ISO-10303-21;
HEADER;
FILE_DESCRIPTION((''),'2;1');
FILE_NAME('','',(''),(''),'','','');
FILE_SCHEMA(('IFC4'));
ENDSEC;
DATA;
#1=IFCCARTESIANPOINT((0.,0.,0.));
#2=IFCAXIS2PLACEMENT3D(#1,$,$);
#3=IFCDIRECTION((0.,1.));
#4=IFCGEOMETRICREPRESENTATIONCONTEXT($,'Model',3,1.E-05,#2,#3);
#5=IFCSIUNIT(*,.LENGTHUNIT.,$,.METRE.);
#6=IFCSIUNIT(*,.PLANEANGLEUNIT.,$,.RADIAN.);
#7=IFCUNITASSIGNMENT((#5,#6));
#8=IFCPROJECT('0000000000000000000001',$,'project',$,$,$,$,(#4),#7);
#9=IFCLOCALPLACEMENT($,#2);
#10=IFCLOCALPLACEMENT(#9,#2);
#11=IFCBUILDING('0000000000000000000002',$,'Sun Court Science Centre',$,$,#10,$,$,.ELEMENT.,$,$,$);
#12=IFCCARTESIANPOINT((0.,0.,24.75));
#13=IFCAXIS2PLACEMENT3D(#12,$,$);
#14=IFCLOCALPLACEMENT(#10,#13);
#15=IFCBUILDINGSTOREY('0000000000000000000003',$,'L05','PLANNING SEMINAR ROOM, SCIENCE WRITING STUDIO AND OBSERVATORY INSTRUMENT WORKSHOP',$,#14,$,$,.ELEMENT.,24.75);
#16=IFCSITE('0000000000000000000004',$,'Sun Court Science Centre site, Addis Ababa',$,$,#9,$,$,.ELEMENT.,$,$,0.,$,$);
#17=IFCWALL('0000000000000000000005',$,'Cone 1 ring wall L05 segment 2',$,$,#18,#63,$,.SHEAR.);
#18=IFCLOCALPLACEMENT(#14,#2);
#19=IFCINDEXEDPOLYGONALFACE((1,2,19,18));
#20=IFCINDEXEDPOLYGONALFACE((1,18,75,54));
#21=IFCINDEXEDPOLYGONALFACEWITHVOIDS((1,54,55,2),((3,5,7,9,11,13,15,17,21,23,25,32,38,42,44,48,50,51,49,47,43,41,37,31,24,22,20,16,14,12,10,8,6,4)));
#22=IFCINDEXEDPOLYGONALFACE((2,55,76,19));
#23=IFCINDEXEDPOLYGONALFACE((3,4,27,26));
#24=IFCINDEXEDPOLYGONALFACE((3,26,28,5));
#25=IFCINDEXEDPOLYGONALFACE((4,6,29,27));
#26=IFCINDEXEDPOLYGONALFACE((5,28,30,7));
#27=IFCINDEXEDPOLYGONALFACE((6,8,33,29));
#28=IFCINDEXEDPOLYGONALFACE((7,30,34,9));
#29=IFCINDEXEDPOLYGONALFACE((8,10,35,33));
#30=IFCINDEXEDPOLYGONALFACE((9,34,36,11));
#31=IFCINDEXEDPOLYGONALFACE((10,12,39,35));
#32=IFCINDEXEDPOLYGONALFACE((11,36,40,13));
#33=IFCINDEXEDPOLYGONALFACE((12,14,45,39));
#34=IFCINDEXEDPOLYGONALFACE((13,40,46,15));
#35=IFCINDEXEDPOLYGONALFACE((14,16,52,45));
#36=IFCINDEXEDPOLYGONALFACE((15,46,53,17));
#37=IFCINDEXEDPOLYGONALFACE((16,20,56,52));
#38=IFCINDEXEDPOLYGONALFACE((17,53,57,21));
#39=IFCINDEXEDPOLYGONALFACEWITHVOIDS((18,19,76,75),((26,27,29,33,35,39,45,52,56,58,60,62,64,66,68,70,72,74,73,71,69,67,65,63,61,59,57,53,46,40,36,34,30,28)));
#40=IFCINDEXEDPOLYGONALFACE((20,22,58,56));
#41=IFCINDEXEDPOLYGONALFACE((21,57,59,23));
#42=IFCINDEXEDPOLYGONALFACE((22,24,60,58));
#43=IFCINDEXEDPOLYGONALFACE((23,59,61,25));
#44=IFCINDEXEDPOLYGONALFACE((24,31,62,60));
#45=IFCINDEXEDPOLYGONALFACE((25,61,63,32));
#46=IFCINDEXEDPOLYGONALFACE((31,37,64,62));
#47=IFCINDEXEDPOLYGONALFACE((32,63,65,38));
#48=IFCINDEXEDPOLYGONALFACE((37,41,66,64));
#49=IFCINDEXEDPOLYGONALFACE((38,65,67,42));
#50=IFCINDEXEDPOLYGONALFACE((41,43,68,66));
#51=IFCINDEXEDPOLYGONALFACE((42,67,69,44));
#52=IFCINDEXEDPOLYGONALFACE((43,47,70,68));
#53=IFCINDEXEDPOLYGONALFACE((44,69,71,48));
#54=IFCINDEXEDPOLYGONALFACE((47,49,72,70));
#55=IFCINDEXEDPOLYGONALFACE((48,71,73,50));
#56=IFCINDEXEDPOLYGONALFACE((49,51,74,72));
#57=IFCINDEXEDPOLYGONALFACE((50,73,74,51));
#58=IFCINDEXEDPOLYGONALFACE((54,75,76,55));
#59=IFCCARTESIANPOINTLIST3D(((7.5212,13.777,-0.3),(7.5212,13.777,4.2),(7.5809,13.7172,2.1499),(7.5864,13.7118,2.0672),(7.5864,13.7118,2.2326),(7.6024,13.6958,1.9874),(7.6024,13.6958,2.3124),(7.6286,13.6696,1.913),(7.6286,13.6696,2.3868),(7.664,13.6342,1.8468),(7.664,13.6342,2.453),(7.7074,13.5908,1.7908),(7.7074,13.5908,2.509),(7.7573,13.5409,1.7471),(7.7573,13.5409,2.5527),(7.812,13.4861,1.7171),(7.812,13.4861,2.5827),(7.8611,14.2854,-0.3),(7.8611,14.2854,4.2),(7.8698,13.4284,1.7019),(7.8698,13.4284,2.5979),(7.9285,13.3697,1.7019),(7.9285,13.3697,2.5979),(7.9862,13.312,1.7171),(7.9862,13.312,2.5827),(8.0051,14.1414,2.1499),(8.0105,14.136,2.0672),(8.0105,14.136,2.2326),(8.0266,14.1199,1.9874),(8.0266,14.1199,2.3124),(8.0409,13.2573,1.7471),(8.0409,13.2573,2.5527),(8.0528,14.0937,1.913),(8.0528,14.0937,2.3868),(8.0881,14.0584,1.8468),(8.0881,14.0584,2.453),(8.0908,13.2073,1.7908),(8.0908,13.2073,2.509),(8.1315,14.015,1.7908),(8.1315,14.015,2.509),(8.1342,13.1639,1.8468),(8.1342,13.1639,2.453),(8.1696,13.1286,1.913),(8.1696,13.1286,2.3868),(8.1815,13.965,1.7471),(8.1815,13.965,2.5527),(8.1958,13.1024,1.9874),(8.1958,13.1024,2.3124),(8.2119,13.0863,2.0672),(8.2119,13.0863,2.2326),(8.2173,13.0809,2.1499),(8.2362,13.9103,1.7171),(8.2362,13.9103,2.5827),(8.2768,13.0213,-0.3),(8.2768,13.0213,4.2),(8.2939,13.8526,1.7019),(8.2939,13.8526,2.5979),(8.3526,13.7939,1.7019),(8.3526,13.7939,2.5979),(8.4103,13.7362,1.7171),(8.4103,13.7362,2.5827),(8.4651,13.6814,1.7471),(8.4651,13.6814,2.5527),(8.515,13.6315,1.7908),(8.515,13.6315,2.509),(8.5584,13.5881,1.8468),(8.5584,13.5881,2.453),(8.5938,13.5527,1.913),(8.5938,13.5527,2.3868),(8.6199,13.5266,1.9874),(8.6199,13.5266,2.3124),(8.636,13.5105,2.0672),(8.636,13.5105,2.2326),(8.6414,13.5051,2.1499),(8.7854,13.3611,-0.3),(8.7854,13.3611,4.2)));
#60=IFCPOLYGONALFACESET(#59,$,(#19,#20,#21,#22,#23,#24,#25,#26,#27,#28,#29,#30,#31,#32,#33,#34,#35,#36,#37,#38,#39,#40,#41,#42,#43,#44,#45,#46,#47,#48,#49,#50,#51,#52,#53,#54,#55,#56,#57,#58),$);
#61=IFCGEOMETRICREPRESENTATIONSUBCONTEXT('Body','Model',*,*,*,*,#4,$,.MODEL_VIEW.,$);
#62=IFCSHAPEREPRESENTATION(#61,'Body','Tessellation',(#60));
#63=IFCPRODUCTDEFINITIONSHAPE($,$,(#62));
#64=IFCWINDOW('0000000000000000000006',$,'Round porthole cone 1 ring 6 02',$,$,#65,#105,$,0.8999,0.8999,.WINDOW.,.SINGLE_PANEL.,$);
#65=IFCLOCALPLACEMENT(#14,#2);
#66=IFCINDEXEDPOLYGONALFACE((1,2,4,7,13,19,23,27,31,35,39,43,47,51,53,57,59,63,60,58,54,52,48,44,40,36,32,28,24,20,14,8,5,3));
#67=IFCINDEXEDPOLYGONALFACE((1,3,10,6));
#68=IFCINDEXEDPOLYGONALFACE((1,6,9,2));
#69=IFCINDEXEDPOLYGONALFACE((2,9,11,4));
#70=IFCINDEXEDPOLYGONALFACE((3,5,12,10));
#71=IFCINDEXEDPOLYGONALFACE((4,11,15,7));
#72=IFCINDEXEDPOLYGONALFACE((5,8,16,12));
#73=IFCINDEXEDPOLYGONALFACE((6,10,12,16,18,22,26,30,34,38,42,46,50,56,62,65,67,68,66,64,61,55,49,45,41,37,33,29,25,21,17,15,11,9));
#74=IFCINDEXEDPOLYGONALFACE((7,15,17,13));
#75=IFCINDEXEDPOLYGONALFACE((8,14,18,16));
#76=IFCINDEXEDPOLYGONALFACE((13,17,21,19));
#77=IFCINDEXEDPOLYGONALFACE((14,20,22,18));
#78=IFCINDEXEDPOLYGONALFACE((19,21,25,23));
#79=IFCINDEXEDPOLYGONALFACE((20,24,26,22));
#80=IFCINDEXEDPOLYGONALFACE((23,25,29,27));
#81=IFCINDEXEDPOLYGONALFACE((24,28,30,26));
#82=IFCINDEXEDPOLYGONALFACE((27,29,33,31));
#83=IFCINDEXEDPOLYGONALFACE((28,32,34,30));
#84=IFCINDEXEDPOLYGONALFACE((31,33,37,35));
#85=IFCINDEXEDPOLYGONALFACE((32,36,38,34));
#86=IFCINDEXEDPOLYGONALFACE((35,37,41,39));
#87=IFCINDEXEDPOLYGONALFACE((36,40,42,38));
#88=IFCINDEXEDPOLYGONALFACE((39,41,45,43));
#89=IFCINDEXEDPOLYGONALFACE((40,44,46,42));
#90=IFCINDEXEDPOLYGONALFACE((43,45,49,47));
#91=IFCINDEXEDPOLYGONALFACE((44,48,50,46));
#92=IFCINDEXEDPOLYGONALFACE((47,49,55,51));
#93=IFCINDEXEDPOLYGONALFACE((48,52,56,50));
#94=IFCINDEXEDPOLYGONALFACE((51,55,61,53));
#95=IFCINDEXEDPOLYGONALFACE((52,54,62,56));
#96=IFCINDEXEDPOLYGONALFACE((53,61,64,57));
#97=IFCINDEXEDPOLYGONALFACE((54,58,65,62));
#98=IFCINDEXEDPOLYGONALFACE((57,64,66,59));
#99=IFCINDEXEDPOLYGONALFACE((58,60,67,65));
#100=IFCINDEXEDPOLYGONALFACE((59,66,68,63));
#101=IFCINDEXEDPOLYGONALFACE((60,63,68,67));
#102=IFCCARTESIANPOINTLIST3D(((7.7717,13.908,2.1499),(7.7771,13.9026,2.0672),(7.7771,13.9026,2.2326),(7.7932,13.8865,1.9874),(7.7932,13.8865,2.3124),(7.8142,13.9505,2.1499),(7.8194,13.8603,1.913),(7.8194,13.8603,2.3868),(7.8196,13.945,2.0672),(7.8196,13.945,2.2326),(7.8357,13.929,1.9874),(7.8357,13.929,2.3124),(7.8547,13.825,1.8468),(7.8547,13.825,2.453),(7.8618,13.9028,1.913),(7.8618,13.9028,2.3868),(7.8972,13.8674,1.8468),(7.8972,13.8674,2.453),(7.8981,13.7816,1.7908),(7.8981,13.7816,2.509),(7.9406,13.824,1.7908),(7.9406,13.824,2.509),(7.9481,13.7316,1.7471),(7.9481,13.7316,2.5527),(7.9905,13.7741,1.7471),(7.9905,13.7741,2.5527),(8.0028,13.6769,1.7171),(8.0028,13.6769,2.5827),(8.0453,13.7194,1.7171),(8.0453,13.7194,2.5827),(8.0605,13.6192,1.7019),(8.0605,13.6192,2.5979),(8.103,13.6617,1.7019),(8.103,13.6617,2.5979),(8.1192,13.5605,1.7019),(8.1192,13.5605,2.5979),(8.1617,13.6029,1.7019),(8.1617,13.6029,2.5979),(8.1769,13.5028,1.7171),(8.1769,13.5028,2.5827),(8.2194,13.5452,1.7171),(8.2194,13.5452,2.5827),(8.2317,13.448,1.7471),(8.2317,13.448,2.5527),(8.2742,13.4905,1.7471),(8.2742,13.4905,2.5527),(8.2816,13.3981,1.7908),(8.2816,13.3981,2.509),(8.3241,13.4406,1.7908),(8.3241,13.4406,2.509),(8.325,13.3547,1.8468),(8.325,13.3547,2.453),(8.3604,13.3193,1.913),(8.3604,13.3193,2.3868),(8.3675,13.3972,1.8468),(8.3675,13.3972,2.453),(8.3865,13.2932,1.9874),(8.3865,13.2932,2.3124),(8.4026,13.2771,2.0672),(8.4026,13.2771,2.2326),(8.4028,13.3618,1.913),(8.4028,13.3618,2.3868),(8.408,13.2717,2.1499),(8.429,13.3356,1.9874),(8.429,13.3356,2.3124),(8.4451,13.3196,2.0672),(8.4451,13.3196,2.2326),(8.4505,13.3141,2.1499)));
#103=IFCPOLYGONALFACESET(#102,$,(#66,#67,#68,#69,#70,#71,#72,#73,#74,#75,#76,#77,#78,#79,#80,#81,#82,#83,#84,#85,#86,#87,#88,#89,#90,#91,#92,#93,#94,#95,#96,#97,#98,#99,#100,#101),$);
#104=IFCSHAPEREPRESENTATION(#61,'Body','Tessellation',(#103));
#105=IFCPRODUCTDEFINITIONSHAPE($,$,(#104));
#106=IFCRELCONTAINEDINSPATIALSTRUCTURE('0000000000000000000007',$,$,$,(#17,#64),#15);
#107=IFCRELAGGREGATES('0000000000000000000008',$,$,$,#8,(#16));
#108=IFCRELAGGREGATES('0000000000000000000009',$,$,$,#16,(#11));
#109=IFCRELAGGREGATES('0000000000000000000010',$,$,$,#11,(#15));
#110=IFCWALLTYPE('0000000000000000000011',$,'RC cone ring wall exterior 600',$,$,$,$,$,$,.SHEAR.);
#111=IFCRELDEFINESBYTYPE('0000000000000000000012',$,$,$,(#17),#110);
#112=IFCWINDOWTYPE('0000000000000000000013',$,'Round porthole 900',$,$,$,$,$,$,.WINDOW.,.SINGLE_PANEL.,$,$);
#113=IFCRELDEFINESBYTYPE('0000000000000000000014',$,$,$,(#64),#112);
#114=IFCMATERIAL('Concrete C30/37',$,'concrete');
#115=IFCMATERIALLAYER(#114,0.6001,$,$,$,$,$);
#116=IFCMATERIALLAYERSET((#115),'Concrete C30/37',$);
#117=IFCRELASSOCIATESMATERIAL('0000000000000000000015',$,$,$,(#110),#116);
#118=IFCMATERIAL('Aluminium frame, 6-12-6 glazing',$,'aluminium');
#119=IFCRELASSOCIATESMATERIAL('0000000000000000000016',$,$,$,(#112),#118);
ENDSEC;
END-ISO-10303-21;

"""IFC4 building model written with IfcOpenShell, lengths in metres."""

from ifc_helpers import new_model, si_unit, direction, frame, frame_2d, origin, place, context, subcontext, project, spatial, polyline, circle, outline, extrude, material, layer, layer_set, type_object, element, fill, save


model = new_model("IFC4")

# Units and contexts
model_context = context("Model", 3, precision=1e-05, world=origin(), true_north=direction((0.0, 1.0)))
body_context = subcontext(model_context, "Body", "Model", "MODEL_VIEW")
ifc_project = project(units=[si_unit("LENGTHUNIT", "METRE"), si_unit("PLANEANGLEUNIT", "RADIAN")], contexts=[model_context])

# Site, building, storey
site_placement = place(None, origin())
site = spatial("IfcSite", under=ifc_project, at=site_placement, Name="Sun Court Science Centre site, Addis Ababa", CompositionType="ELEMENT", RefElevation=0.0)
building_placement = place(site_placement, origin())
building = spatial("IfcBuilding", under=site, at=building_placement, Name="Sun Court Science Centre", CompositionType="ELEMENT")
storey_placement = place(building_placement, frame((0.0, 0.0, 24.75)))
storey = spatial("IfcBuildingStorey", under=building, at=storey_placement, Name="L05", Description="PLANNING SEMINAR ROOM, SCIENCE WRITING STUDIO AND OBSERVATORY INSTRUMENT WORKSHOP", CompositionType="ELEMENT", Elevation=24.75)

# Wall, opening, window
ifc_material_1 = material(Name="Concrete C30/37", Category="concrete")
ifc_layer = layer(ifc_material_1, 0.6001)
ifc_layer_set = layer_set([ifc_layer], Name="Concrete C30/37")
wall_type = type_object("IfcWallType", Name="RC cone ring wall exterior 600", PredefinedType="SHEAR", material=ifc_layer_set)
ifc_material_2 = material(Name="Aluminium frame, 6-12-6 glazing", Category="aluminium")
window_type = type_object("IfcWindowType", Name="Round porthole 900", PartitioningType="SINGLE_PANEL", PredefinedType="WINDOW", material=ifc_material_2)
wall_1_placement = place(storey_placement, frame((8.5732, 13.1489, -0.3), z_axis=(0.0, 0.0, 1.0), x_axis=(-0.707107, 0.707107, 0.0)))
wall_1 = element("IfcWall", 1, at=wall_1_placement, inside=storey, type_object=wall_type, Name="Cone 1 ring wall L05 segment 2", PredefinedType="SHEAR", context=body_context, shape_type="SweptSolid", body=[
    extrude(outline(polyline([(0.0, -0.3), (1.3071, -0.3), (1.188, 0.2998), (0.1194, 0.2998), (0.0, -0.3)])), origin(), (0.0, 0.0, 1.0), 4.5),
])
opening_1_placement = place(wall_1_placement, frame((0.2036, 0.0, 2.0)))
opening_1 = element("IfcOpeningElement", 2, at=opening_1_placement, cuts=wall_1, PredefinedType="OPENING", context=body_context, shape_type="SweptSolid", body=[
    extrude(circle(Radius=0.45, at=frame_2d((0.45, 0.45))), frame((0.0, 0.3101, 0.0), z_axis=(0.0, -1.0, 0.0), x_axis=(1.0, 0.0, 0.0)), (0.0, 0.0, 1.0), 0.6201),
])
window_1_placement = place(opening_1_placement, origin())
window_1 = element("IfcWindow", 3, at=window_1_placement, inside=storey, type_object=window_type, Name="Round porthole cone 1 ring 6 02", OverallHeight=0.8999, OverallWidth=0.8999, PartitioningType="SINGLE_PANEL", PredefinedType="WINDOW", context=body_context, shape_type="SweptSolid", body=[
    extrude(circle(Radius=0.45, at=frame_2d((0.45, 0.45))), frame((0.0, 0.03, 0.0), z_axis=(0.0, -1.0, 0.0), x_axis=(1.0, 0.0, 0.0)), (0.0, 0.0, 1.0), 0.0601),
])
fill(opening_1, window_1)

save(model, "model.ifc")
